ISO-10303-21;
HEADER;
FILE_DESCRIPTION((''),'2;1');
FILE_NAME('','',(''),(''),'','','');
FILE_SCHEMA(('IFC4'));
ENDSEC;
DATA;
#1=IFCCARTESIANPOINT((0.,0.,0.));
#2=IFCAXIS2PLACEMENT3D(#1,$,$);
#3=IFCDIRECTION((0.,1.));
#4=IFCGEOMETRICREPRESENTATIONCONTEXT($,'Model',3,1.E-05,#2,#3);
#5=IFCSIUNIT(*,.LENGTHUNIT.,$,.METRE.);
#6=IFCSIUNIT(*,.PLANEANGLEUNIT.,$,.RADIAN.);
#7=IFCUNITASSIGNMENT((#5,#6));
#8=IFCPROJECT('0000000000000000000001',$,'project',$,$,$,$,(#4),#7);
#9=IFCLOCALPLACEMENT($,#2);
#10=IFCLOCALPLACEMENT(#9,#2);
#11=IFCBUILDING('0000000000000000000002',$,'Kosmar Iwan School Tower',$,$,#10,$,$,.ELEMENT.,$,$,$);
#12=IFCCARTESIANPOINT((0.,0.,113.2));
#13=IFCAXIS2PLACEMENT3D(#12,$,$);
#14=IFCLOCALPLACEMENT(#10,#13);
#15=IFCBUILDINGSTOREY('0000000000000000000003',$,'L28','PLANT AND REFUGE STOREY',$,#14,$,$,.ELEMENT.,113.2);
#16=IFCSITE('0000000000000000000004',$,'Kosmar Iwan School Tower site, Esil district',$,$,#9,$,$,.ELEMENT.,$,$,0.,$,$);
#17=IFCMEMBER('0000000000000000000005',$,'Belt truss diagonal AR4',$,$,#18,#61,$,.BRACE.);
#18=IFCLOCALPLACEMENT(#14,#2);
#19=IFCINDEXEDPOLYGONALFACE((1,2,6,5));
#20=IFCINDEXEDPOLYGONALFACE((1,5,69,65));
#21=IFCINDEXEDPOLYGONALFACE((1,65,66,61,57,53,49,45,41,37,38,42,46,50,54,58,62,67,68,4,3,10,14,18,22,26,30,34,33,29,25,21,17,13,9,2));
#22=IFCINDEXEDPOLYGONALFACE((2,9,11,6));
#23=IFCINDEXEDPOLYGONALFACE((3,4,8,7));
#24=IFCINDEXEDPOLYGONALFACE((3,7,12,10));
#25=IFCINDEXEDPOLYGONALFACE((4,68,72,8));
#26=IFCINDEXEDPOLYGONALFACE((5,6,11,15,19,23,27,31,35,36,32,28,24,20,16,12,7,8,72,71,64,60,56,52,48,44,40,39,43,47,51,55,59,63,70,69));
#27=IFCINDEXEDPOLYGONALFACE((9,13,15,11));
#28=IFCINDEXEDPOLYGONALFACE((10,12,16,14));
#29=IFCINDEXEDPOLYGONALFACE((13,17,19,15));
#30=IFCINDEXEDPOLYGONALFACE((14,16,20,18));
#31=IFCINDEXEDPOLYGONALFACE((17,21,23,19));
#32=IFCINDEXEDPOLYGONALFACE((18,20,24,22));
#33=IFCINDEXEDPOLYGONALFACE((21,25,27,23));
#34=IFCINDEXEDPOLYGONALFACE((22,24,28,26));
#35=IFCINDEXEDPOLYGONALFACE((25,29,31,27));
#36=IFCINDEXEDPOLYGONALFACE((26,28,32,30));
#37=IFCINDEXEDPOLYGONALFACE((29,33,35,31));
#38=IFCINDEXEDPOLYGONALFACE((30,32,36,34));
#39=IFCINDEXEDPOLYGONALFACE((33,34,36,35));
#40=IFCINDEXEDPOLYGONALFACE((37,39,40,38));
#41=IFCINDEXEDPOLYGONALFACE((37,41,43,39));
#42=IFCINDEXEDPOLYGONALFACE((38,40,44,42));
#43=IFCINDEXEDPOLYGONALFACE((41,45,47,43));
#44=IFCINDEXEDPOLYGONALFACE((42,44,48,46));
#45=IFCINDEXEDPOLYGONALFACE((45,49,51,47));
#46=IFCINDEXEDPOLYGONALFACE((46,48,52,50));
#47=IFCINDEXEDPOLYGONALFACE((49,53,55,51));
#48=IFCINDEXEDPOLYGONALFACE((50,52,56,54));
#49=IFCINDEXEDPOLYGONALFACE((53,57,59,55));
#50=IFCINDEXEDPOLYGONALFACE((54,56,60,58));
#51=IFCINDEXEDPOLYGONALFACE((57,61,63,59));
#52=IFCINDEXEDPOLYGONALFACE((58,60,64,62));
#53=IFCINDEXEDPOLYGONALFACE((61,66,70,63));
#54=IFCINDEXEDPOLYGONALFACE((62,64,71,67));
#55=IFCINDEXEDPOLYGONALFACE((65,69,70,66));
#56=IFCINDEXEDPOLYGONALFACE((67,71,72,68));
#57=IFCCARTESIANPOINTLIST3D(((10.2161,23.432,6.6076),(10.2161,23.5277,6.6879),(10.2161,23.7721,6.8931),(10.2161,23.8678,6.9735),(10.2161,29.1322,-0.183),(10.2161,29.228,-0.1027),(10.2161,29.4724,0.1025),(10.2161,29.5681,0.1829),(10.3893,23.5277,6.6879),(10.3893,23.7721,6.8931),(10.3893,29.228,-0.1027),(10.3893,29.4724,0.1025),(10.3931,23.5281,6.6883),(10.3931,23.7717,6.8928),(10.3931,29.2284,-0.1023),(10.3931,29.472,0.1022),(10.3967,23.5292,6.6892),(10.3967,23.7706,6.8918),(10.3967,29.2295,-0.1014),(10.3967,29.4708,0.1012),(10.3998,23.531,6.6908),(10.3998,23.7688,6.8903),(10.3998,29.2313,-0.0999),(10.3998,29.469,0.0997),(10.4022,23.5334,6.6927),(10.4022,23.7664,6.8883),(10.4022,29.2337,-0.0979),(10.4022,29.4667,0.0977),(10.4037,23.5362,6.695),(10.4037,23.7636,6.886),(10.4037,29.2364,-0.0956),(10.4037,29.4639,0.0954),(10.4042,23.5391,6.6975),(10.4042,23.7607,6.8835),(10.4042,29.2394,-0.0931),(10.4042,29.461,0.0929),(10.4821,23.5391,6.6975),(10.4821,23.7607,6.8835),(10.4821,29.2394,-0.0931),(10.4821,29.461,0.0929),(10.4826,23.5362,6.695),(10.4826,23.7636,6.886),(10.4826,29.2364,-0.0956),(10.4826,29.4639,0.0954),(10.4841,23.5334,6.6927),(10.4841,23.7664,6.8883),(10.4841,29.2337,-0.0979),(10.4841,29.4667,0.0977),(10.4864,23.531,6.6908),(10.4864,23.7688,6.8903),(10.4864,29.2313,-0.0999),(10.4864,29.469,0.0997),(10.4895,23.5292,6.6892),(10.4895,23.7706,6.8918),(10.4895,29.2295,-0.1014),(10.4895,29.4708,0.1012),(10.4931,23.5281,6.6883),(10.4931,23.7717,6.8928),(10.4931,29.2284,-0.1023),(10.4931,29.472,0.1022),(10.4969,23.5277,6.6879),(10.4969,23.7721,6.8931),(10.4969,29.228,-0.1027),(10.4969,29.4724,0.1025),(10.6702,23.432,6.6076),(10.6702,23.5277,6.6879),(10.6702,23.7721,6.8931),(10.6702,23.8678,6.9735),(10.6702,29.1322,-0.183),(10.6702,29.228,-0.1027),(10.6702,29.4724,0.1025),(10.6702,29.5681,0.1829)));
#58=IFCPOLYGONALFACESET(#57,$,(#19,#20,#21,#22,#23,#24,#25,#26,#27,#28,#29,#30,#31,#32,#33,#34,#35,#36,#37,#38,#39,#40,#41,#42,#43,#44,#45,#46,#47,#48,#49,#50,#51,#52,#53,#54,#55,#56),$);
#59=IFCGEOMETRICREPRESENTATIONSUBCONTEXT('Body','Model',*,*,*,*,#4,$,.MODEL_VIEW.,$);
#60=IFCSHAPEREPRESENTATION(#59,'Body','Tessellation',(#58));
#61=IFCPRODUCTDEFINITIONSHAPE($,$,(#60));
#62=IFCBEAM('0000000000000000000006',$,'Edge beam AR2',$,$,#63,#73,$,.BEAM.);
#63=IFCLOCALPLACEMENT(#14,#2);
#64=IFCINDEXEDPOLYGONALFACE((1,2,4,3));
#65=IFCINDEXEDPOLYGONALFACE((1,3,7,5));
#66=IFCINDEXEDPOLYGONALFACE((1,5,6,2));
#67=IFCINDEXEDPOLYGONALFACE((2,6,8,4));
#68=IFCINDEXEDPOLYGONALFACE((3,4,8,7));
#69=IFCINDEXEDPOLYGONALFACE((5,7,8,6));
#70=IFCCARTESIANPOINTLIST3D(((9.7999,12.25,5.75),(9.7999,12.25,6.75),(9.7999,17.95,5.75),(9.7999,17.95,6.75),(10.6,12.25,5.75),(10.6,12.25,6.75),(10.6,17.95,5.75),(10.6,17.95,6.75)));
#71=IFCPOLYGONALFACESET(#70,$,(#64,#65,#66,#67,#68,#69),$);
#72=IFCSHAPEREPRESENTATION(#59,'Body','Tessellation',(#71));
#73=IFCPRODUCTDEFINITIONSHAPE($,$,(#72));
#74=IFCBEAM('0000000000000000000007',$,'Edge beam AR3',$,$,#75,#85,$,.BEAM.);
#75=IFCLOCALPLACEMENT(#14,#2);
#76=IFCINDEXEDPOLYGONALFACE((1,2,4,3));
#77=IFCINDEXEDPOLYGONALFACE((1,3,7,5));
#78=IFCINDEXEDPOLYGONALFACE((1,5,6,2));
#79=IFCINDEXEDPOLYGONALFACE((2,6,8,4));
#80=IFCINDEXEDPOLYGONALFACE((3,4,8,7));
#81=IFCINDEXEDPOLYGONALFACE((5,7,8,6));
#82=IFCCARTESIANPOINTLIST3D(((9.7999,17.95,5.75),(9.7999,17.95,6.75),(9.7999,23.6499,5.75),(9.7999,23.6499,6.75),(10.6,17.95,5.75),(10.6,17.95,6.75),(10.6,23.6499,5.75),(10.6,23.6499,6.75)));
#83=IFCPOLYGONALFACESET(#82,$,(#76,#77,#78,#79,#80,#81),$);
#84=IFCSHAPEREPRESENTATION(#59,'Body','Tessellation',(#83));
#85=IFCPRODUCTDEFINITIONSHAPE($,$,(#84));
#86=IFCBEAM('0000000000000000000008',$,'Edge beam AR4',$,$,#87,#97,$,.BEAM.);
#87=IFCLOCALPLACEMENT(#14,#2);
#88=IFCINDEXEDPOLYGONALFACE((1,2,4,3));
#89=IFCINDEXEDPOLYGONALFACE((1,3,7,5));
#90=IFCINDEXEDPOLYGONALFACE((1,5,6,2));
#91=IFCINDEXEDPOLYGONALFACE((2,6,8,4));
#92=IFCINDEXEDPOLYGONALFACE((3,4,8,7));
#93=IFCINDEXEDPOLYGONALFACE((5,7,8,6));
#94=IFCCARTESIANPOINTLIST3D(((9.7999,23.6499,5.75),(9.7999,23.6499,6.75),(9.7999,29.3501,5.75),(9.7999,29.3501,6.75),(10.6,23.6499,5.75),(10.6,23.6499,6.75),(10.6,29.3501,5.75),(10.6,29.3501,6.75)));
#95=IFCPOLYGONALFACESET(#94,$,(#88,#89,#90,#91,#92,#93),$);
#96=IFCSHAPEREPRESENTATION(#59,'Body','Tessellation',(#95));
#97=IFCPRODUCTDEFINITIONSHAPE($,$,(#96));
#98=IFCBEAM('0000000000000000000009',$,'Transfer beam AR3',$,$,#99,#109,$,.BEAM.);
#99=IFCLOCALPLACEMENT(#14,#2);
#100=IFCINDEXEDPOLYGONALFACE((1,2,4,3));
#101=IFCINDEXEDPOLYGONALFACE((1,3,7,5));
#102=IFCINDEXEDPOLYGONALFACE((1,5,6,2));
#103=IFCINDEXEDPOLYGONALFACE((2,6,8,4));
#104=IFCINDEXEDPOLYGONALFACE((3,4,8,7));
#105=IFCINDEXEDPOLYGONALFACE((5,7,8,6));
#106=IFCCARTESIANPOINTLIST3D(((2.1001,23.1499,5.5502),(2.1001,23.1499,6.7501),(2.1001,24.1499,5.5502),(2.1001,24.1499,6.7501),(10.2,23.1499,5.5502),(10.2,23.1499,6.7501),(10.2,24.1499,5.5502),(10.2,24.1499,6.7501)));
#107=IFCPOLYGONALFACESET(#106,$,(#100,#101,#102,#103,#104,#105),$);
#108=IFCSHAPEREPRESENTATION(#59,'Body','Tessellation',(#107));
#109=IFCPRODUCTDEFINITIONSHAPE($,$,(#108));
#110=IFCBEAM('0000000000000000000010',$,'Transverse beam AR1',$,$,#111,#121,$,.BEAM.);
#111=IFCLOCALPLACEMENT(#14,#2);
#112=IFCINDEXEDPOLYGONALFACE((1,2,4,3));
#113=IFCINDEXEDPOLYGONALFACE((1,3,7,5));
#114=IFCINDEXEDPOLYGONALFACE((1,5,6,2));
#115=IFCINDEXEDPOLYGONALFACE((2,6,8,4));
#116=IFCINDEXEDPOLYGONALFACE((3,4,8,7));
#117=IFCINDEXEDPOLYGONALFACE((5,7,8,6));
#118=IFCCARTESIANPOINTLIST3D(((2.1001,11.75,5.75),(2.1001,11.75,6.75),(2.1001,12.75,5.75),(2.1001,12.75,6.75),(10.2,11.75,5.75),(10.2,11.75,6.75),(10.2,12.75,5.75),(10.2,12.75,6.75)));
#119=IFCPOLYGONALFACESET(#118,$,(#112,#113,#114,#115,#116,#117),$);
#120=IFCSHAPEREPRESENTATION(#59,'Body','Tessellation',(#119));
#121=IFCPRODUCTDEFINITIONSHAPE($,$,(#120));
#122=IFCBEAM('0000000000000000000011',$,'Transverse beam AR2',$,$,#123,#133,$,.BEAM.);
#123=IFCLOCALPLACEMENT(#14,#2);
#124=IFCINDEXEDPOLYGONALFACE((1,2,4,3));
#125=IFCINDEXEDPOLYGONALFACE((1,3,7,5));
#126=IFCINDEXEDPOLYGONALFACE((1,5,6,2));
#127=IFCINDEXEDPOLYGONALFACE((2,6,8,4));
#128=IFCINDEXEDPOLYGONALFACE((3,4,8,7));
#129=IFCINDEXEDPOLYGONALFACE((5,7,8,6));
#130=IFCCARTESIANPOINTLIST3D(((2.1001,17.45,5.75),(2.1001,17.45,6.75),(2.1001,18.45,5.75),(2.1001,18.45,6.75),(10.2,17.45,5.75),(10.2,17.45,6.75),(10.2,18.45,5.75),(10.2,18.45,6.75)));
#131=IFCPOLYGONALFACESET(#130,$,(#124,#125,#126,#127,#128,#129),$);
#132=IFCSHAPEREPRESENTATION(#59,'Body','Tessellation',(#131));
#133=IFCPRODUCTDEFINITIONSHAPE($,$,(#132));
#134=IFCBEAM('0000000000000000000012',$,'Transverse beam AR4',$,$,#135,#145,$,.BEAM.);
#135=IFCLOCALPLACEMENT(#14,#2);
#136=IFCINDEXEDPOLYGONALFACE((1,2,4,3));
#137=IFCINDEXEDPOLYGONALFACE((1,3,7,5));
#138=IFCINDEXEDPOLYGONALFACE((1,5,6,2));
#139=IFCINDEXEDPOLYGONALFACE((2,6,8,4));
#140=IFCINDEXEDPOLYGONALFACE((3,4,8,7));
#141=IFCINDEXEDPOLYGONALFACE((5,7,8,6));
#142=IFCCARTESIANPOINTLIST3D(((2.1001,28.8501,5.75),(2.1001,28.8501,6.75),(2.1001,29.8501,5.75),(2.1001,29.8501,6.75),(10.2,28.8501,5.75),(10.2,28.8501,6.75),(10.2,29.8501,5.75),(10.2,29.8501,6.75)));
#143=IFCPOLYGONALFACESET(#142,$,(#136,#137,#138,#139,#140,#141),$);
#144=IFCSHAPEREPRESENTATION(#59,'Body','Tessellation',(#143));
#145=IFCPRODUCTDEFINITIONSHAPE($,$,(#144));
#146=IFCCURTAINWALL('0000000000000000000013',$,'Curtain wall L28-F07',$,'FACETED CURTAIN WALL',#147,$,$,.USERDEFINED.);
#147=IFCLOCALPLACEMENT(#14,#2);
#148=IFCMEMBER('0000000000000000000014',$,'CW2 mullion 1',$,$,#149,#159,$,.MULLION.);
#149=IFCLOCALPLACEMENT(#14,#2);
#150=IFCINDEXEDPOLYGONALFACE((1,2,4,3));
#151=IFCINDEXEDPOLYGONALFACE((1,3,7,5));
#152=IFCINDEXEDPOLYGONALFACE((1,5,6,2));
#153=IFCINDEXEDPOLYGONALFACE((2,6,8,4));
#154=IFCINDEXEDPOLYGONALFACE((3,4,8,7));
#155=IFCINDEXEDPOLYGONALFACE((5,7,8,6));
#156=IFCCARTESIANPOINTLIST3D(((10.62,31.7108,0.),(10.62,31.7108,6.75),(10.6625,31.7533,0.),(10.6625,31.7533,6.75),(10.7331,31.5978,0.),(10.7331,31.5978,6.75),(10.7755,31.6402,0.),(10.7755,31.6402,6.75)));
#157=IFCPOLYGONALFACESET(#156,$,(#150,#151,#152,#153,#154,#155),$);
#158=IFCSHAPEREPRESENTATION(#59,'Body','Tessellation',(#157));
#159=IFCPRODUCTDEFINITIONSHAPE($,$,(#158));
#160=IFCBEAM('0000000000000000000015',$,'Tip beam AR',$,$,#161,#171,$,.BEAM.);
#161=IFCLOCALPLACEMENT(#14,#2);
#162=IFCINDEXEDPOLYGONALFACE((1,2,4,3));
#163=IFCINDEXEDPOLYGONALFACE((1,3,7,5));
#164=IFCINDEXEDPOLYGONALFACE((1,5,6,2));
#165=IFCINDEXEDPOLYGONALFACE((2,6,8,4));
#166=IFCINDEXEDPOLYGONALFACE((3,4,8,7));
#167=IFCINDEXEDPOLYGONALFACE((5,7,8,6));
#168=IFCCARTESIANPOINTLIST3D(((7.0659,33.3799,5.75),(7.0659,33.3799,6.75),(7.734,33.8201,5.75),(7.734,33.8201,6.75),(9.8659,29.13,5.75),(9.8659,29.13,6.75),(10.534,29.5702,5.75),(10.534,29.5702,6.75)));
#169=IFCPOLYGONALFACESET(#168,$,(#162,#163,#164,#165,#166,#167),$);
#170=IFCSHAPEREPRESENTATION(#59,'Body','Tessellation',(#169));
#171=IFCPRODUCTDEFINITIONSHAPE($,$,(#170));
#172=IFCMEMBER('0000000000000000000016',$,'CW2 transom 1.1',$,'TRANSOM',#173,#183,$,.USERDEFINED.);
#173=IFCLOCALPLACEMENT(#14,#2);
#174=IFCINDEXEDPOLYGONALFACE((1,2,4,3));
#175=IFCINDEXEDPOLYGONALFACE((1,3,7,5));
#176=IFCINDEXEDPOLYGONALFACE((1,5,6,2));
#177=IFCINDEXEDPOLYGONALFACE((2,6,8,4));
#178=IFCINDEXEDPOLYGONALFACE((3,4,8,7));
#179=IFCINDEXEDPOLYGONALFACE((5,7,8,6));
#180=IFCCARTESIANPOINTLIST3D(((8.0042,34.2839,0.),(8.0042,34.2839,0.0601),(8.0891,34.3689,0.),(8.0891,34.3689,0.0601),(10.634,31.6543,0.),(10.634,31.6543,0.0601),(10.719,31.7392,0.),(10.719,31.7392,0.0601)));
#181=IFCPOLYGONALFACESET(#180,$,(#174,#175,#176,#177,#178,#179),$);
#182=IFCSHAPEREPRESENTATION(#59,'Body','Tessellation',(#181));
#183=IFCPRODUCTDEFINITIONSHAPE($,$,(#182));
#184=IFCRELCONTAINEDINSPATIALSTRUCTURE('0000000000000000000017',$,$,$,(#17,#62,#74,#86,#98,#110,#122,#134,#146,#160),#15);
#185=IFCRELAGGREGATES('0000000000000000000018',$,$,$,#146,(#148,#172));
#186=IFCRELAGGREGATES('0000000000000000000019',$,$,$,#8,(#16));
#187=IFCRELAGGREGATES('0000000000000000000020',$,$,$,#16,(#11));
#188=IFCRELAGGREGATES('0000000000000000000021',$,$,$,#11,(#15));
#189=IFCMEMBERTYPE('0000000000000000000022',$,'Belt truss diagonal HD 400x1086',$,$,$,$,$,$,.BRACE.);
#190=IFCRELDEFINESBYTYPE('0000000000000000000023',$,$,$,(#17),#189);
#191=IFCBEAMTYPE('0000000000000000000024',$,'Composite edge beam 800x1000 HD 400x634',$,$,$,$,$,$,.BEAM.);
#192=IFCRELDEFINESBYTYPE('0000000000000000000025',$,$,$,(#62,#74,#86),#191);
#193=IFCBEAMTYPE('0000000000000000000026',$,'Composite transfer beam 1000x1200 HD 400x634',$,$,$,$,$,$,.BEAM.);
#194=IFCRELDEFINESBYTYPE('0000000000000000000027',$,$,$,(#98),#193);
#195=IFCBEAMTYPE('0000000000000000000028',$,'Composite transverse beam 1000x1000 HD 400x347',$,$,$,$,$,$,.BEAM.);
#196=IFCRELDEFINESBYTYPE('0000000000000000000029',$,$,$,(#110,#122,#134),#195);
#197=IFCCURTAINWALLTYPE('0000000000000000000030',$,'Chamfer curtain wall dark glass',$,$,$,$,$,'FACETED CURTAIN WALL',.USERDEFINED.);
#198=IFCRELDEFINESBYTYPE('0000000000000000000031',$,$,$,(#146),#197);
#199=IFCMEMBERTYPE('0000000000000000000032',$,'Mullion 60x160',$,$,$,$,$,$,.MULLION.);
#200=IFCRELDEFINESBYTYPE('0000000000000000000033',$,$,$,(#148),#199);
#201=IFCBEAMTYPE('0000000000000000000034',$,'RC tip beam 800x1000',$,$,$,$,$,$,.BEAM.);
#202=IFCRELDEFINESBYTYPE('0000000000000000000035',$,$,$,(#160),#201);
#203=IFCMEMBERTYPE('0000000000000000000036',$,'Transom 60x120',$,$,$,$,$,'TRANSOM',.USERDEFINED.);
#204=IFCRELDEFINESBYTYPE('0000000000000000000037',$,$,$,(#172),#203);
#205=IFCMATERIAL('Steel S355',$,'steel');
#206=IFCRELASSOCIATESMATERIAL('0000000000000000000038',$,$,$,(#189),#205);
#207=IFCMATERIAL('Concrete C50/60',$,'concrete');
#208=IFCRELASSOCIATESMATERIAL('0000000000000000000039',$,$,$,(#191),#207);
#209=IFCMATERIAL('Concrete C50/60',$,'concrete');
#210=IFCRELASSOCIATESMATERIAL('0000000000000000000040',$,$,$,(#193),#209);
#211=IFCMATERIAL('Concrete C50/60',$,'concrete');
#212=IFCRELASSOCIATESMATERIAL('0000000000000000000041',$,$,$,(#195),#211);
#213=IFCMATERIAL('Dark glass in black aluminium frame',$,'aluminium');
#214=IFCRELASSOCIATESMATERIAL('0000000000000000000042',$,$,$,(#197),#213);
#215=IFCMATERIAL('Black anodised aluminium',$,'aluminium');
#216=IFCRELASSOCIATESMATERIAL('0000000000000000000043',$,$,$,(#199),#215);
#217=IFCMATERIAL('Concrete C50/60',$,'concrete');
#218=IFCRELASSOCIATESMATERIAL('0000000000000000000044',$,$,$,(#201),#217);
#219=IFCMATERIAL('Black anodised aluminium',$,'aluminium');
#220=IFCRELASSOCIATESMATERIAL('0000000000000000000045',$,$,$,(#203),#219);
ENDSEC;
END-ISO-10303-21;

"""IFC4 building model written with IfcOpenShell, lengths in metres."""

from ifc_helpers import new_model, si_unit, direction, frame, origin, origin_2d, place, context, subcontext, project, spatial, rectangle, i_section, extrude, material, material_profile, profile_set, type_object, element, aggregate, save


model = new_model("IFC4")

# Units and contexts
model_context = context("Model", 3, precision=1e-05, world=origin(), true_north=direction((0.0, 1.0)))
body_context = subcontext(model_context, "Body", "Model", "MODEL_VIEW")
ifc_project = project(units=[si_unit("LENGTHUNIT", "METRE"), si_unit("PLANEANGLEUNIT", "RADIAN")], contexts=[model_context])

# Site, building, storey
site_placement = place(None, origin())
site = spatial("IfcSite", under=ifc_project, at=site_placement, Name="Kosmar Iwan School Tower site, Esil district", CompositionType="ELEMENT", RefElevation=0.0)
building_placement = place(site_placement, origin())
building = spatial("IfcBuilding", under=site, at=building_placement, Name="Kosmar Iwan School Tower", CompositionType="ELEMENT")
storey_placement = place(building_placement, frame((0.0, 0.0, 113.2)))
storey = spatial("IfcBuildingStorey", under=building, at=storey_placement, Name="L28", Description="PLANT AND REFUGE STOREY", CompositionType="ELEMENT", Elevation=113.2)

# Member
ifc_material_1 = material(Name="Steel S355", Category="steel")
ifc_material_profile_1 = material_profile(ifc_material_1, i_section(OverallWidth=0.4541, OverallDepth=0.5691, WebThickness=0.0779, FlangeThickness=0.125, FilletRadius=0.0149, at=origin_2d()), Name="HD 400x1086")
ifc_profile_set_1 = profile_set([ifc_material_profile_1], Name="Steel S355")
member_type_1 = type_object("IfcMemberType", Name="Belt truss diagonal HD 400x1086", PredefinedType="BRACE", material=ifc_profile_set_1)
member_1_placement = place(storey_placement, frame((10.4431, 23.6499, 6.7905), z_axis=(0.0, 0.642938, -0.765919), x_axis=(-1.0, 0.0, 0.0)))
element("IfcMember", 1, at=member_1_placement, inside=storey, type_object=member_type_1, Name="Belt truss diagonal AR4", PredefinedType="BRACE", context=body_context, shape_type="SweptSolid", body=[
    extrude(i_section(OverallWidth=0.4541, OverallDepth=0.5691, WebThickness=0.0779, FlangeThickness=0.125, FilletRadius=0.0149, at=origin_2d()), origin(), (0.0, 0.0, 1.0), 8.866),
])

# Beams
ifc_material_2 = material(Name="Concrete C50/60", Category="concrete")
ifc_material_profile_2 = material_profile(ifc_material_2, rectangle(XDim=0.8, YDim=1.0, at=origin_2d()), Name="RC 800x1000 + HD 400x634")
ifc_profile_set_2 = profile_set([ifc_material_profile_2], Name="Concrete C50/60")
beam_type_1 = type_object("IfcBeamType", Name="Composite edge beam 800x1000 HD 400x634", PredefinedType="BEAM", material=ifc_profile_set_2)
for number, where, z_axis, x_axis, name in (
    (2, (10.2, 12.25, 6.25), (0.0, 1.0, 0.0), (-1.0, 0.0, 0.0), "Edge beam AR2"),
    (3, (10.2, 17.95, 6.25), (0.0, 1.0, 0.0), (-1.0, 0.0, 0.0), "Edge beam AR3"),
):
    element("IfcBeam", number, at=place(storey_placement, frame(where, z_axis=z_axis, x_axis=x_axis)), inside=storey, type_object=beam_type_1, Name=name, PredefinedType="BEAM", context=body_context, shape_type="SweptSolid", body=[
        extrude(rectangle(XDim=0.8, YDim=1.0, at=origin_2d()), origin(), (0.0, 0.0, 1.0), 5.7),
    ])
beam_1_placement = place(storey_placement, frame((10.2, 23.6499, 6.25), z_axis=(0.0, 1.0, 0.0), x_axis=(-1.0, 0.0, 0.0)))
element("IfcBeam", 4, at=beam_1_placement, inside=storey, type_object=beam_type_1, Name="Edge beam AR4", PredefinedType="BEAM", context=body_context, shape_type="SweptSolid", body=[
    extrude(rectangle(XDim=0.8, YDim=1.0, at=origin_2d()), origin(), (0.0, 0.0, 1.0), 5.7002),
])
ifc_material_3 = material(Name="Concrete C50/60", Category="concrete")
ifc_material_profile_3 = material_profile(ifc_material_3, rectangle(XDim=1.0, YDim=1.2, at=origin_2d()), Name="RC 1000x1200 + HD 400x634")
ifc_profile_set_3 = profile_set([ifc_material_profile_3], Name="Concrete C50/60")
beam_type_2 = type_object("IfcBeamType", Name="Composite transfer beam 1000x1200 HD 400x634", PredefinedType="BEAM", material=ifc_profile_set_3)
beam_2_placement = place(storey_placement, frame((10.2, 23.6499, 6.1501), z_axis=(-1.0, 0.0, 0.0), x_axis=(0.0, -1.0, 0.0)))
element("IfcBeam", 5, at=beam_2_placement, inside=storey, type_object=beam_type_2, Name="Transfer beam AR3", PredefinedType="BEAM", context=body_context, shape_type="SweptSolid", body=[
    extrude(rectangle(XDim=1.0, YDim=1.2, at=origin_2d()), origin(), (0.0, 0.0, 1.0), 8.0999),
])
ifc_material_4 = material(Name="Concrete C50/60", Category="concrete")
ifc_material_profile_4 = material_profile(ifc_material_4, rectangle(XDim=1.0, YDim=1.0, at=origin_2d()), Name="RC 1000x1000 + HD 400x347")
ifc_profile_set_4 = profile_set([ifc_material_profile_4], Name="Concrete C50/60")
beam_type_3 = type_object("IfcBeamType", Name="Composite transverse beam 1000x1000 HD 400x347", PredefinedType="BEAM", material=ifc_profile_set_4)
for number, where, z_axis, x_axis, name in (
    (6, (10.2, 12.25, 6.25), (-1.0, 0.0, 0.0), (0.0, -1.0, 0.0), "Transverse beam AR1"),
    (7, (10.2, 17.95, 6.25), (-1.0, 0.0, 0.0), (0.0, -1.0, 0.0), "Transverse beam AR2"),
    (8, (10.2, 29.3501, 6.25), (-1.0, 0.0, 0.0), (0.0, -1.0, 0.0), "Transverse beam AR4"),
):
    element("IfcBeam", number, at=place(storey_placement, frame(where, z_axis=z_axis, x_axis=x_axis)), inside=storey, type_object=beam_type_3, Name=name, PredefinedType="BEAM", context=body_context, shape_type="SweptSolid", body=[
        extrude(rectangle(XDim=1.0, YDim=1.0, at=origin_2d()), origin(), (0.0, 0.0, 1.0), 8.0999),
    ])

# Curtain wall, member
ifc_material_5 = material(Name="Dark glass in black aluminium frame", Category="aluminium")
curtain_wall_type = type_object("IfcCurtainWallType", Name="Chamfer curtain wall dark glass", ElementType="FACETED CURTAIN WALL", PredefinedType="USERDEFINED", material=ifc_material_5)
curtain_wall_placement = place(storey_placement, origin())
curtain_wall = element("IfcCurtainWall", 9, at=curtain_wall_placement, inside=storey, type_object=curtain_wall_type, Name="Curtain wall L28-F07", ObjectType="FACETED CURTAIN WALL", PredefinedType="USERDEFINED")
ifc_material_6 = material(Name="Black anodised aluminium", Category="aluminium")
ifc_material_profile_5 = material_profile(ifc_material_6, rectangle(XDim=0.0601, YDim=0.1599, at=origin_2d()), Name="MULLION 60x160")
ifc_profile_set_5 = profile_set([ifc_material_profile_5], Name="Black anodised aluminium")
member_type_2 = type_object("IfcMemberType", Name="Mullion 60x160", PredefinedType="MULLION", material=ifc_profile_set_5)
member_2_placement = place(storey_placement, frame((10.6978, 31.6755, 0.0), z_axis=(0.0, 0.0, 1.0), x_axis=(-0.707107, -0.707107, 0.0)))
member_2 = element("IfcMember", 10, at=member_2_placement, type_object=member_type_2, Name="CW2 mullion 1", PredefinedType="MULLION", context=body_context, shape_type="SweptSolid", body=[
    extrude(rectangle(XDim=0.0601, YDim=0.1599, at=origin_2d()), origin(), (0.0, 0.0, 1.0), 6.75),
])

# Beam
ifc_material_7 = material(Name="Concrete C50/60", Category="concrete")
ifc_material_profile_6 = material_profile(ifc_material_7, rectangle(XDim=0.8, YDim=1.0, at=origin_2d()), Name="RC 800x1000")
ifc_profile_set_6 = profile_set([ifc_material_profile_6], Name="Concrete C50/60")
beam_type_4 = type_object("IfcBeamType", Name="RC tip beam 800x1000", PredefinedType="BEAM", material=ifc_profile_set_6)
beam_3_placement = place(storey_placement, frame((10.2, 29.3501, 6.25), z_axis=(-0.550164, 0.835056, 0.0), x_axis=(-0.835056, -0.550164, 0.0)))
element("IfcBeam", 11, at=beam_3_placement, inside=storey, type_object=beam_type_4, Name="Tip beam AR", PredefinedType="BEAM", context=body_context, shape_type="SweptSolid", body=[
    extrude(rectangle(XDim=0.8, YDim=1.0, at=origin_2d()), origin(), (0.0, 0.0, 1.0), 5.0894),
])

# Member
ifc_material_8 = material(Name="Black anodised aluminium", Category="aluminium")
ifc_material_profile_7 = material_profile(ifc_material_8, rectangle(XDim=0.1201, YDim=0.0601, at=origin_2d()), Name="TRANSOM 60x120")
ifc_profile_set_7 = profile_set([ifc_material_profile_7], Name="Black anodised aluminium")
member_type_3 = type_object("IfcMemberType", Name="Transom 60x120", ElementType="TRANSOM", PredefinedType="USERDEFINED", material=ifc_profile_set_7)
member_3_placement = place(storey_placement, frame((10.6765, 31.6968, 0.03), z_axis=(-0.70714, 0.707074, 0.0), x_axis=(-0.707074, -0.70714, 0.0)))
member_3 = element("IfcMember", 12, at=member_3_placement, type_object=member_type_3, Name="CW2 transom 1.1", ObjectType="TRANSOM", PredefinedType="USERDEFINED", context=body_context, shape_type="SweptSolid", body=[
    extrude(rectangle(XDim=0.1201, YDim=0.0601, at=origin_2d()), origin(), (0.0, 0.0, 1.0), 3.719),
])
aggregate(curtain_wall, [member_2, member_3])

save(model, "model.ifc")
